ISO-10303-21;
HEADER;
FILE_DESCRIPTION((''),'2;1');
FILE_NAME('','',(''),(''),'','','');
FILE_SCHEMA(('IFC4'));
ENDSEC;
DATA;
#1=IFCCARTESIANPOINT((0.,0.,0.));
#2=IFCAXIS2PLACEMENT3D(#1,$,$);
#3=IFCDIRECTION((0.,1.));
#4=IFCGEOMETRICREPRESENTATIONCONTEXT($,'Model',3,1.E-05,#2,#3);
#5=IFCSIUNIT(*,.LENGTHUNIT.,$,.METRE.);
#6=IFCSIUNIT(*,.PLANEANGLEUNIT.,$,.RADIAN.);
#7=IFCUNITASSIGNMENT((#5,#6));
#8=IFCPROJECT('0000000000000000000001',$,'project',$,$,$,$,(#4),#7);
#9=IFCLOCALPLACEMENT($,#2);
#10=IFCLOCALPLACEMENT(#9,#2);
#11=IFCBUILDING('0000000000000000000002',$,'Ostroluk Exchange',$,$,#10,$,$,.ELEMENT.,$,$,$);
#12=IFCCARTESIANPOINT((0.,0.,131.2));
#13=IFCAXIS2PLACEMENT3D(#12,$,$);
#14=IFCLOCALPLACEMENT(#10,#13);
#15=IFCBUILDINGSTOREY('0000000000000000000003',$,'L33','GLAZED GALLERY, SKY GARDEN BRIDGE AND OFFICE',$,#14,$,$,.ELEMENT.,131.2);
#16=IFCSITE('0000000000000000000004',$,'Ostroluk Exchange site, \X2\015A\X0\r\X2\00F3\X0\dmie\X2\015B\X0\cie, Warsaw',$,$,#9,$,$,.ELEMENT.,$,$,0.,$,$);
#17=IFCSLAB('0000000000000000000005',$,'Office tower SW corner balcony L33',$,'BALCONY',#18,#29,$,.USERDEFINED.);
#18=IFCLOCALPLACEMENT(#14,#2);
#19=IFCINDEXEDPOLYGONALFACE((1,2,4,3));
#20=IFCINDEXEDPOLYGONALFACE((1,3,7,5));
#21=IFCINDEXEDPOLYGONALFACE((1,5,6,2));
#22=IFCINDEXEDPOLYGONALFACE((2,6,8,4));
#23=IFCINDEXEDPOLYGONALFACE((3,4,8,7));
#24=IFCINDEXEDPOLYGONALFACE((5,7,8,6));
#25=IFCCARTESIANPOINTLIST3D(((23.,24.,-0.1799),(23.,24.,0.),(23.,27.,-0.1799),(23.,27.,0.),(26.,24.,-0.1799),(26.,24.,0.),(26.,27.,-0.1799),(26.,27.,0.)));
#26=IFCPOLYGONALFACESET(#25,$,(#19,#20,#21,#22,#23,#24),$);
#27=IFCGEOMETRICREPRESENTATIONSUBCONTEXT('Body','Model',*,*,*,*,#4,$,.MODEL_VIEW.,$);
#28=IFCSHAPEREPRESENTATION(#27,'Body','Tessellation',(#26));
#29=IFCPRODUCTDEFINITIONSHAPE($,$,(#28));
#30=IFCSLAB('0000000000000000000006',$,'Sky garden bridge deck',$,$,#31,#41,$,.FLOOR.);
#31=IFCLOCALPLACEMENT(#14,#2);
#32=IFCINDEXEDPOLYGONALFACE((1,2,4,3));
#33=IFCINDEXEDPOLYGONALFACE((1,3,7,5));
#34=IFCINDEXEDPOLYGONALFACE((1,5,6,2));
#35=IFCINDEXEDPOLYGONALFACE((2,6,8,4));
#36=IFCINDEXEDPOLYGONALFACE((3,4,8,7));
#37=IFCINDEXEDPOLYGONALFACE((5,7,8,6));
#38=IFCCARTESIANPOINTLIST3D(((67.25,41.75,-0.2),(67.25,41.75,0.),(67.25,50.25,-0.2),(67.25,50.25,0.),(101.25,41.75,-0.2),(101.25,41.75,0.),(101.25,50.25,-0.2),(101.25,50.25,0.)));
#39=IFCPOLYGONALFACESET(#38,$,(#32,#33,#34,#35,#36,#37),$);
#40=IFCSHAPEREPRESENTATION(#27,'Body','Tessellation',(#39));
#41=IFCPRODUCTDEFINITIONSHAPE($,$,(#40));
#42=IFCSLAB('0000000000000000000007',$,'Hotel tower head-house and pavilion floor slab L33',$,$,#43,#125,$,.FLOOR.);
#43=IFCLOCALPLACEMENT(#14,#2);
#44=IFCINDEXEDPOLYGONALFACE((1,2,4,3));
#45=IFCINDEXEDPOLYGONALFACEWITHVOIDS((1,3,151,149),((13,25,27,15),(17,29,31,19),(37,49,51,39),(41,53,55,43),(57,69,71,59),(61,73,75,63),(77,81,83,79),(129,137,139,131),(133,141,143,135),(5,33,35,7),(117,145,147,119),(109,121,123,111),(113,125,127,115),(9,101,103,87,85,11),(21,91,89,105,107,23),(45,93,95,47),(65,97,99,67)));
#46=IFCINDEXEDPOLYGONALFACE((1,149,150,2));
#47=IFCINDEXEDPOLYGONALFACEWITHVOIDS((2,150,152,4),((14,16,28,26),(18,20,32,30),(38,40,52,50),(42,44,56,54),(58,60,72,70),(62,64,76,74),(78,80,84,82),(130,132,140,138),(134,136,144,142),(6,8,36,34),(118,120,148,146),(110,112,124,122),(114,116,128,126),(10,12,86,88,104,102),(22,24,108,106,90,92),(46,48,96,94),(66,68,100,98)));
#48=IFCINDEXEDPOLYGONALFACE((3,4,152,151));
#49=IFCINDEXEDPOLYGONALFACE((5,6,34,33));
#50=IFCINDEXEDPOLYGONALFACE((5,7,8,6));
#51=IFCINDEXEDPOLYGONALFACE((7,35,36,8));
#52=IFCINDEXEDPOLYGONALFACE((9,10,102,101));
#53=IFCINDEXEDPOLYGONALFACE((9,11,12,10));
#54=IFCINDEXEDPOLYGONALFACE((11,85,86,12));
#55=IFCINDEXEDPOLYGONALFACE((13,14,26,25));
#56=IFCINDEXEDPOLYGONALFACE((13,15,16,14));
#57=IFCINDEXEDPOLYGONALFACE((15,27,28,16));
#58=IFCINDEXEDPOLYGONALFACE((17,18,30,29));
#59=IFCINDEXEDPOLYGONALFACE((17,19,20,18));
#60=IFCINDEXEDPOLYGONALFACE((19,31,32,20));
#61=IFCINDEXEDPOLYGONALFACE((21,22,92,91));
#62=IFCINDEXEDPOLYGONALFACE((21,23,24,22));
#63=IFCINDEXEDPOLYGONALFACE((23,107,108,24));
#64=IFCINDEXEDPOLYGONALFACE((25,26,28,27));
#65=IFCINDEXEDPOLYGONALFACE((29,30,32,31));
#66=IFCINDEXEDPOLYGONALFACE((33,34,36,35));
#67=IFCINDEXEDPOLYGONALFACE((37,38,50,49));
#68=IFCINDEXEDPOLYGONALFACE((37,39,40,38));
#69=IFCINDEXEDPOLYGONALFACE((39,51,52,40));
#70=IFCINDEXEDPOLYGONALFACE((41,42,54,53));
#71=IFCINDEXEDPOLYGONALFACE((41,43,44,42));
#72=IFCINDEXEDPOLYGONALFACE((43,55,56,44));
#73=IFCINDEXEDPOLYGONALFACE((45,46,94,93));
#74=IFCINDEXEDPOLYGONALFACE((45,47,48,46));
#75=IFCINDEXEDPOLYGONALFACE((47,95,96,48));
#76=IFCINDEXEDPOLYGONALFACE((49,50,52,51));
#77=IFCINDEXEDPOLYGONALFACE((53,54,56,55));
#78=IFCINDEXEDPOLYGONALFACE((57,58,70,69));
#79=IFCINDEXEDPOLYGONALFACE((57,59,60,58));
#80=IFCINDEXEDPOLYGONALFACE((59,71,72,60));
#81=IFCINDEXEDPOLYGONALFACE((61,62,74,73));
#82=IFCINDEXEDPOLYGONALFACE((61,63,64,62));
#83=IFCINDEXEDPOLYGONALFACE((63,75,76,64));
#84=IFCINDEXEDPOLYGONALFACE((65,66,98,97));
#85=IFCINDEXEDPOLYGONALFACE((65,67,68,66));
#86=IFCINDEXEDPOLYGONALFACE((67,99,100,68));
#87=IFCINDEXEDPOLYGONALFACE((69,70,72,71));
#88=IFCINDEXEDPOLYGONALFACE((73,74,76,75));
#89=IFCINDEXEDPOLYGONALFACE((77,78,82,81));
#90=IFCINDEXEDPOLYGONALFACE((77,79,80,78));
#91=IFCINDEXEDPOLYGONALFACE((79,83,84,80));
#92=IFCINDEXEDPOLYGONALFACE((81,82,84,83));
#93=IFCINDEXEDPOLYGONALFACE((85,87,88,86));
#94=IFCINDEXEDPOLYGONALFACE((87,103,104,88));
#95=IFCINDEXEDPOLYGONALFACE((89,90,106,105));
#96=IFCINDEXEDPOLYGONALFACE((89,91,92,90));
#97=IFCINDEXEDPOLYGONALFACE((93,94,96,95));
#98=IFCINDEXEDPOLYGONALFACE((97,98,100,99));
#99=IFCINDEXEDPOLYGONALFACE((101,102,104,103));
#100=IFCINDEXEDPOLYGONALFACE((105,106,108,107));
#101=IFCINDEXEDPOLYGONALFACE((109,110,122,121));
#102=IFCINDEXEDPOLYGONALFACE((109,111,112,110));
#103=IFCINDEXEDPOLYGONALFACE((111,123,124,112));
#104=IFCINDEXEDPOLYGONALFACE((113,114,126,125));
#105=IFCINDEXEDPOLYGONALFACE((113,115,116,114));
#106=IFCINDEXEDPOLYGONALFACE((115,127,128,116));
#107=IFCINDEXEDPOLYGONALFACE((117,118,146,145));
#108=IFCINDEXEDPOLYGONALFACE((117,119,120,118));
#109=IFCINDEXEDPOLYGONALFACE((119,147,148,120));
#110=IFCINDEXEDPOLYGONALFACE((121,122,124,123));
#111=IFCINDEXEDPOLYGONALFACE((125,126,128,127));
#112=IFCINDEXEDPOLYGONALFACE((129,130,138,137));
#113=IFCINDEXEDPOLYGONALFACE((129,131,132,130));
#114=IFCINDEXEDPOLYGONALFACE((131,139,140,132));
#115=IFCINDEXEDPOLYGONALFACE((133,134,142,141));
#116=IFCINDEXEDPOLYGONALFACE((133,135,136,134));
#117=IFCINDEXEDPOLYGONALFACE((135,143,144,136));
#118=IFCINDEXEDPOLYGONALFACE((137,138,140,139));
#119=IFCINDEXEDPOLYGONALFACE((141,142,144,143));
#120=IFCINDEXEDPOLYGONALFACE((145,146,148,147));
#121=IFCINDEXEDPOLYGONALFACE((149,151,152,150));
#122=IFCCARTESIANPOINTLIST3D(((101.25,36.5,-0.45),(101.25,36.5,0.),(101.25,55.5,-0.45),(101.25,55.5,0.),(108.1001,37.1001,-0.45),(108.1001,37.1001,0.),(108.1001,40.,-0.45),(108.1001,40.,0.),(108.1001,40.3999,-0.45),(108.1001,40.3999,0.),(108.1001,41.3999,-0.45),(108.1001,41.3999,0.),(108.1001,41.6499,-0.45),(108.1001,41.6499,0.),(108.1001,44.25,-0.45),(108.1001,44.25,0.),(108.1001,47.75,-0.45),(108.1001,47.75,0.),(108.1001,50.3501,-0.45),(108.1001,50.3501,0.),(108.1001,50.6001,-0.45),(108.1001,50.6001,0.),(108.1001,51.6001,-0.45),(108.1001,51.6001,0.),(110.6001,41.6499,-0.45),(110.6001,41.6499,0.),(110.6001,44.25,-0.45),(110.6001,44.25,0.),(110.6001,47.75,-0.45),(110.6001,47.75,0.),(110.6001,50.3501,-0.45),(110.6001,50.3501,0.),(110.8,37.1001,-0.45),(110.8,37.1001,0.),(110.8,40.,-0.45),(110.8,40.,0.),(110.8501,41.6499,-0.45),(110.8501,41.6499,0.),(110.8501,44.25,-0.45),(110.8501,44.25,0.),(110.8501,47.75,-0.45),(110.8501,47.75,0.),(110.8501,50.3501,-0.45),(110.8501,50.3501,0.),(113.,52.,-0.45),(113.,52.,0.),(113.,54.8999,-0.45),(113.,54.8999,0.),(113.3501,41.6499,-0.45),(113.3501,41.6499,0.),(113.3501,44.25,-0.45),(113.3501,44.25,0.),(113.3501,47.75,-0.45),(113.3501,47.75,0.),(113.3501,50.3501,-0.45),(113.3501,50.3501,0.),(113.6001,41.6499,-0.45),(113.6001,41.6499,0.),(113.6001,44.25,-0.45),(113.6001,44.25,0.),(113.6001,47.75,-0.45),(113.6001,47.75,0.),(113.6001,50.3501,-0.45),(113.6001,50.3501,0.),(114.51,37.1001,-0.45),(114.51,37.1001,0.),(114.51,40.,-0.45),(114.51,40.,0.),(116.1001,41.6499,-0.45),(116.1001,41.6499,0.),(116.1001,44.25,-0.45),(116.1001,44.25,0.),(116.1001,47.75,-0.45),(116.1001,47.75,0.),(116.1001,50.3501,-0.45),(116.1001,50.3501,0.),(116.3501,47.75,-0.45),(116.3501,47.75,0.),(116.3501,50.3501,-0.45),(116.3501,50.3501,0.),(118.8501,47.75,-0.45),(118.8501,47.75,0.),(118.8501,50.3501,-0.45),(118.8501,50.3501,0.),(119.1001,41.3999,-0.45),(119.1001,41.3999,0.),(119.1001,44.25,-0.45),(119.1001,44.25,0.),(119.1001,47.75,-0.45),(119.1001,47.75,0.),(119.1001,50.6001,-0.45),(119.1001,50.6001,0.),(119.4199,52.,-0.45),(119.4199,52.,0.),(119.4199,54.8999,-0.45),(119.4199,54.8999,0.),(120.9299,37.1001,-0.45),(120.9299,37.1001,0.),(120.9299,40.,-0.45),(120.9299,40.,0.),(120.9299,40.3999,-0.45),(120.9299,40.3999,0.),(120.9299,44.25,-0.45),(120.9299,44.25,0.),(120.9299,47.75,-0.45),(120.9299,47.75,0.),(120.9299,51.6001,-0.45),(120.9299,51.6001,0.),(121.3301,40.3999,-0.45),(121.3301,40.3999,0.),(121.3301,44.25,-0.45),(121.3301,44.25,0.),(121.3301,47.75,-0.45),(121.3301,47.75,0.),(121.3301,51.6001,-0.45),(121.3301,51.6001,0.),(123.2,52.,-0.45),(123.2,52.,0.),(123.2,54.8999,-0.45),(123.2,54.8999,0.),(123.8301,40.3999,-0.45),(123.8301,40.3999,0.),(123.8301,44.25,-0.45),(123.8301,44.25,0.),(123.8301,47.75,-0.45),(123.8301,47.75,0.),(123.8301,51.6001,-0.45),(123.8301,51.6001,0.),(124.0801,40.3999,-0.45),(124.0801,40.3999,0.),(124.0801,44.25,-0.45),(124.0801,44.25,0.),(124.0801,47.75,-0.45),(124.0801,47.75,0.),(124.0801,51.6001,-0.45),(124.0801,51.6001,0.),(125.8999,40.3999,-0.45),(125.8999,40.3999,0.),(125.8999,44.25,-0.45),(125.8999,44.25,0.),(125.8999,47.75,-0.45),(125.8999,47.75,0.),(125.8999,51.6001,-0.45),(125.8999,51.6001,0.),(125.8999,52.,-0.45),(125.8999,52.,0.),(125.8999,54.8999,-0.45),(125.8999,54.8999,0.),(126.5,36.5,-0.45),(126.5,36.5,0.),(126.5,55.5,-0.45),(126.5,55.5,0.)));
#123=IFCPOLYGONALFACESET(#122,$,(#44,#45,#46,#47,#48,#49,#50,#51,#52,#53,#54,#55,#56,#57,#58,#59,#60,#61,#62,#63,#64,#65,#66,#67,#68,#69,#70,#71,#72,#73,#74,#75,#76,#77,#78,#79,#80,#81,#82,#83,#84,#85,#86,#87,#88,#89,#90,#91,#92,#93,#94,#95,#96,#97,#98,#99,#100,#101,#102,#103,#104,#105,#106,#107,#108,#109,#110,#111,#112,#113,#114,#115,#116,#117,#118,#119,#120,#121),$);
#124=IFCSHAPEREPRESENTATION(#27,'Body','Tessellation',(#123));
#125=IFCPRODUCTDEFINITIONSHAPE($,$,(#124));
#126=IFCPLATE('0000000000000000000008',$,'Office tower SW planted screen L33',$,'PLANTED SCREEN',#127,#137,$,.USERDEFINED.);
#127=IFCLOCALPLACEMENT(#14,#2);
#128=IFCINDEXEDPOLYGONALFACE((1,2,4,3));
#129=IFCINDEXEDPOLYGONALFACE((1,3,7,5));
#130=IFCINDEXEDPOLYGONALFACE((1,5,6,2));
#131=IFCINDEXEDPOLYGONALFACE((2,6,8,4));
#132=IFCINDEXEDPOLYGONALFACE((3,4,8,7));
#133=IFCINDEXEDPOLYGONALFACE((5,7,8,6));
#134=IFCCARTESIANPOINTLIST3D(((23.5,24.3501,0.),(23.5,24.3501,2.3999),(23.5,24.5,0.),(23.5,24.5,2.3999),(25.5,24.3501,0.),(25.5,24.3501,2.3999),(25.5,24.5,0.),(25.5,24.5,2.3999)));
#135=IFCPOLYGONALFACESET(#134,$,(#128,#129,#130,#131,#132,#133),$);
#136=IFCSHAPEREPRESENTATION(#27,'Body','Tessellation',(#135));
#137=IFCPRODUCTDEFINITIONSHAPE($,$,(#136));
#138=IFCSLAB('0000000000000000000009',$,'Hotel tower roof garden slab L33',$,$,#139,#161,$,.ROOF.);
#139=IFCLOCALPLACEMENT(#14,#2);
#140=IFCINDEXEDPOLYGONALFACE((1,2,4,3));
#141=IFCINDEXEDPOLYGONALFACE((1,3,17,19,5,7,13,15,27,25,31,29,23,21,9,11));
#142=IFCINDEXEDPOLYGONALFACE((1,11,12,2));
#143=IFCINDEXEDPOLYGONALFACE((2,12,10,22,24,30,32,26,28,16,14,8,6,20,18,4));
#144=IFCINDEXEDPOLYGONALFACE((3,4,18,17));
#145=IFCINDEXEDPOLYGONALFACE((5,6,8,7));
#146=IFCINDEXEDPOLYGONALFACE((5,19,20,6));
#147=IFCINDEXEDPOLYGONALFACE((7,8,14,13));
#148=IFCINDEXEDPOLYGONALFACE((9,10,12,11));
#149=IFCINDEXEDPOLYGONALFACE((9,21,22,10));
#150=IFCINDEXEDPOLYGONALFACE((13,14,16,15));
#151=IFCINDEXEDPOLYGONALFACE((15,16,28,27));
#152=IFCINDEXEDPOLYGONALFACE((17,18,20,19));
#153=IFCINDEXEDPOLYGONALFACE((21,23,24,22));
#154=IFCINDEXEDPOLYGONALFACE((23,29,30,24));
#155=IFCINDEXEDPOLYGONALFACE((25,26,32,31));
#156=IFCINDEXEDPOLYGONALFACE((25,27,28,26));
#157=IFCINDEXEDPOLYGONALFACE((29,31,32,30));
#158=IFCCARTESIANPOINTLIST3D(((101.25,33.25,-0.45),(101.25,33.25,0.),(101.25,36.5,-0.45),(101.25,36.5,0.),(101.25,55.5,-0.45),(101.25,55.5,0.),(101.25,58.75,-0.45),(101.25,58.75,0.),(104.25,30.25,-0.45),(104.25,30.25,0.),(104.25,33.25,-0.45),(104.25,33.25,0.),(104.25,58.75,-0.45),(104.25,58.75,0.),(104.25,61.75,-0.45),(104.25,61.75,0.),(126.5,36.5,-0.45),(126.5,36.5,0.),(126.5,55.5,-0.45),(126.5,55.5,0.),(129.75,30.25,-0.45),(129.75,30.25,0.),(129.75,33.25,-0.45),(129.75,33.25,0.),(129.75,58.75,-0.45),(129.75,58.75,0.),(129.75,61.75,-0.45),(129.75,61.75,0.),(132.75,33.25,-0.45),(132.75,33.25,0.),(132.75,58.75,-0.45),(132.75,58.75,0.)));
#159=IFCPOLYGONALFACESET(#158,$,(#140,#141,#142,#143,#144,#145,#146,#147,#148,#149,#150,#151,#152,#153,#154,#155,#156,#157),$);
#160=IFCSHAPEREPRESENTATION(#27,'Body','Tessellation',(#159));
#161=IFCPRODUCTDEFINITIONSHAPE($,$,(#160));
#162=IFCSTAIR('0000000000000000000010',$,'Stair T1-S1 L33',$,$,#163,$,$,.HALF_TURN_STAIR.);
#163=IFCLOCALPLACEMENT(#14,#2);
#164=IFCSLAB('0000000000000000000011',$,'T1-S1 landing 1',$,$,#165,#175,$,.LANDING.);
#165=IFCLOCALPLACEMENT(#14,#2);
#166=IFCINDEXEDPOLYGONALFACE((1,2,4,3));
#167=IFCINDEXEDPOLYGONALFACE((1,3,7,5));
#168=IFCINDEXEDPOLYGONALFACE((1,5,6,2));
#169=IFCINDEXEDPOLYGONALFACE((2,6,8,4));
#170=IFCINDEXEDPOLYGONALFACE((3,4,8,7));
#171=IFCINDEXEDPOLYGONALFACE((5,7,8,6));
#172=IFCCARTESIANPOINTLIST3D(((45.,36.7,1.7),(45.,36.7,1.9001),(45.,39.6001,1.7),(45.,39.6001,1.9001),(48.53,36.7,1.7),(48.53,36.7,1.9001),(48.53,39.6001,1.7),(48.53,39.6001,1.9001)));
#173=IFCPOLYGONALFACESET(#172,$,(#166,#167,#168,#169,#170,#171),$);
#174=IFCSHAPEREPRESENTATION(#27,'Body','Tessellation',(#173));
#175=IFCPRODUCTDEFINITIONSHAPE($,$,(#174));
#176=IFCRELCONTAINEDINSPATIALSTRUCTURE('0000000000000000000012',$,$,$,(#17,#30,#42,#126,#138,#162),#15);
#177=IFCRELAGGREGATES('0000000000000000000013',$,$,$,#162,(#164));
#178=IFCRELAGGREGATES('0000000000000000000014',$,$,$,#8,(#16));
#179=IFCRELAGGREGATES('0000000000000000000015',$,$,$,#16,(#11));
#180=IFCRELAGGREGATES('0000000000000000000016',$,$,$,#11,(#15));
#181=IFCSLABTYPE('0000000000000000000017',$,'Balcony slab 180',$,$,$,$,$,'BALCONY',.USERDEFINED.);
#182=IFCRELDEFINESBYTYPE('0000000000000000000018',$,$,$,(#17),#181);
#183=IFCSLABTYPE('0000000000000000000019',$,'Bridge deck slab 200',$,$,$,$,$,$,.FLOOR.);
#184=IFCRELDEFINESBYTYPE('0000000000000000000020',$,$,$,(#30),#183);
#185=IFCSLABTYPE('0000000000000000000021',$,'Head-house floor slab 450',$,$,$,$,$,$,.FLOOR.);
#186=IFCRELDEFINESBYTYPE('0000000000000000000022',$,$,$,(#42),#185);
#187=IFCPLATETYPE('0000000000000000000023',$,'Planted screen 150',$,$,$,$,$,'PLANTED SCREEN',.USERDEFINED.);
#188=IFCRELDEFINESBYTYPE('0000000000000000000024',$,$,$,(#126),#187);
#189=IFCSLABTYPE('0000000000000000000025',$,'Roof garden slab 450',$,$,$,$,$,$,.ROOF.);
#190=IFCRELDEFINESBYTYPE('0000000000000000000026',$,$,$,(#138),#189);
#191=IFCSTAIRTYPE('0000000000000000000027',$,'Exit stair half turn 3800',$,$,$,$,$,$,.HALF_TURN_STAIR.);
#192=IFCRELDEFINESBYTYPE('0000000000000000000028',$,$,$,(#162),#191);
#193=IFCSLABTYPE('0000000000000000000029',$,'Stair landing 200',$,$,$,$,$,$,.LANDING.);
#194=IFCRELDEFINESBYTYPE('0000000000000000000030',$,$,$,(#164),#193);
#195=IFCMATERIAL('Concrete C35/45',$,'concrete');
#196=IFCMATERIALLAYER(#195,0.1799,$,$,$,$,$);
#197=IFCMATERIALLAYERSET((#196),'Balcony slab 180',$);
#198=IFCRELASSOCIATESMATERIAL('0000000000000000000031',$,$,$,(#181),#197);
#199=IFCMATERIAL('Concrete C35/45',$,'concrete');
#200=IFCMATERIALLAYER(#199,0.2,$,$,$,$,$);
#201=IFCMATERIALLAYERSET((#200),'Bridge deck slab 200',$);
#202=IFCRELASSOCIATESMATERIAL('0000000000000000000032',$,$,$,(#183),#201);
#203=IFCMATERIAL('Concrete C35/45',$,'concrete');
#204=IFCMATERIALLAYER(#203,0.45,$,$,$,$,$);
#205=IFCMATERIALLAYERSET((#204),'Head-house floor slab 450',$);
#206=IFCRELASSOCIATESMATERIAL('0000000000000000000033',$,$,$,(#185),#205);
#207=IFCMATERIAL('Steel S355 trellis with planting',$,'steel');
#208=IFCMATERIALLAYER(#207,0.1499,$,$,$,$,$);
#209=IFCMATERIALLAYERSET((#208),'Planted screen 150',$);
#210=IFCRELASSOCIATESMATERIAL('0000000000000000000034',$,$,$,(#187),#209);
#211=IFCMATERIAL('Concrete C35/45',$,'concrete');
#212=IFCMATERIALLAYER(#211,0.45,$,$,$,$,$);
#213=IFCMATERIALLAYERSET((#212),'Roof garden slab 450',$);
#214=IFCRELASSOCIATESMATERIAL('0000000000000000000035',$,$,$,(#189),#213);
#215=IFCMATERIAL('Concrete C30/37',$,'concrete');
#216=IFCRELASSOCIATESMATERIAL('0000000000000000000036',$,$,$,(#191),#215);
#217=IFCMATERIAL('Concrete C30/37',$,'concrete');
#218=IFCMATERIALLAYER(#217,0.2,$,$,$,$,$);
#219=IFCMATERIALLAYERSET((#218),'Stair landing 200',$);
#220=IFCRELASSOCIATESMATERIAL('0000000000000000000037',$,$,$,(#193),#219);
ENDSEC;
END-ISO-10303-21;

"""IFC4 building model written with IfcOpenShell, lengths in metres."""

from ifc_helpers import new_model, si_unit, direction, frame, origin, origin_2d, place, context, subcontext, project, spatial, polyline, rectangle, outline, extrude, material, layer, layer_set, type_object, element, aggregate, save


model = new_model("IFC4")

# Units and contexts
model_context = context("Model", 3, precision=1e-05, world=origin(), true_north=direction((0.0, 1.0)))
body_context = subcontext(model_context, "Body", "Model", "MODEL_VIEW")
ifc_project = project(units=[si_unit("LENGTHUNIT", "METRE"), si_unit("PLANEANGLEUNIT", "RADIAN")], contexts=[model_context])

# Site, building, storey
site_placement = place(None, origin())
site = spatial("IfcSite", under=ifc_project, at=site_placement, Name="Ostroluk Exchange site, Śródmieście, Warsaw", CompositionType="ELEMENT", RefElevation=0.0)
building_placement = place(site_placement, origin())
building = spatial("IfcBuilding", under=site, at=building_placement, Name="Ostroluk Exchange", CompositionType="ELEMENT")
storey_placement = place(building_placement, frame((0.0, 0.0, 131.2)))
storey = spatial("IfcBuildingStorey", under=building, at=storey_placement, Name="L33", Description="GLAZED GALLERY, SKY GARDEN BRIDGE AND OFFICE", CompositionType="ELEMENT", Elevation=131.2)

# Slabs
ifc_material_1 = material(Name="Concrete C35/45", Category="concrete")
ifc_layer_1 = layer(ifc_material_1, 0.1799)
ifc_layer_set_1 = layer_set([ifc_layer_1], Name="Balcony slab 180")
slab_type_1 = type_object("IfcSlabType", Name="Balcony slab 180", ElementType="BALCONY", PredefinedType="USERDEFINED", material=ifc_layer_set_1)
slab_1_placement = place(storey_placement, frame((0.0, 0.0, -0.1799)))
element("IfcSlab", 1, at=slab_1_placement, inside=storey, type_object=slab_type_1, Name="Office tower SW corner balcony L33", ObjectType="BALCONY", PredefinedType="USERDEFINED", context=body_context, shape_type="SweptSolid", body=[
    extrude(outline(polyline([(23.0, 24.0), (26.0, 24.0), (26.0, 27.0), (23.0, 27.0), (23.0, 24.0)])), origin(), (0.0, 0.0, 1.0), 0.1799),
])
ifc_material_2 = material(Name="Concrete C35/45", Category="concrete")
ifc_layer_2 = layer(ifc_material_2, 0.2)
ifc_layer_set_2 = layer_set([ifc_layer_2], Name="Bridge deck slab 200")
slab_type_2 = type_object("IfcSlabType", Name="Bridge deck slab 200", PredefinedType="FLOOR", material=ifc_layer_set_2)
slab_2_placement = place(storey_placement, frame((0.0, 0.0, -0.2)))
element("IfcSlab", 2, at=slab_2_placement, inside=storey, type_object=slab_type_2, Name="Sky garden bridge deck", PredefinedType="FLOOR", context=body_context, shape_type="SweptSolid", body=[
    extrude(outline(polyline([(67.25, 41.75), (101.25, 41.75), (101.25, 50.25), (67.25, 50.25), (67.25, 41.75)])), origin(), (0.0, 0.0, 1.0), 0.2),
])
ifc_material_3 = material(Name="Concrete C35/45", Category="concrete")
ifc_layer_3 = layer(ifc_material_3, 0.45)
ifc_layer_set_3 = layer_set([ifc_layer_3], Name="Head-house floor slab 450")
slab_type_3 = type_object("IfcSlabType", Name="Head-house floor slab 450", PredefinedType="FLOOR", material=ifc_layer_set_3)
slab_3_placement = place(storey_placement, frame((0.0, 0.0, -0.45)))
element("IfcSlab", 3, at=slab_3_placement, inside=storey, type_object=slab_type_3, Name="Hotel tower head-house and pavilion floor slab L33", PredefinedType="FLOOR", context=body_context, shape_type="SweptSolid", body=[
    extrude(outline(polyline([(126.5, 36.5), (126.5, 55.5), (101.25, 55.5), (101.25, 36.5), (126.5, 36.5)]), holes=[polyline([(108.1001, 37.1001), (110.8, 37.1001), (110.8, 40.0), (108.1001, 40.0), (108.1001, 37.1001)]), polyline([(114.51, 37.1001), (120.9299, 37.1001), (120.9299, 40.0), (114.51, 40.0), (114.51, 37.1001)]), polyline([(113.0, 52.0), (119.4199, 52.0), (119.4199, 54.8999), (113.0, 54.8999), (113.0, 52.0)]), polyline([(123.2, 52.0), (125.8999, 52.0), (125.8999, 54.8999), (123.2, 54.8999), (123.2, 52.0)]), polyline([(108.1001, 47.75), (110.6001, 47.75), (110.6001, 50.3501), (108.1001, 50.3501), (108.1001, 47.75)]), polyline([(110.8501, 47.75), (113.3501, 47.75), (113.3501, 50.3501), (110.8501, 50.3501), (110.8501, 47.75)]), polyline([(113.6001, 47.75), (116.1001, 47.75), (116.1001, 50.3501), (113.6001, 50.3501), (113.6001, 47.75)]), polyline([(116.3501, 47.75), (118.8501, 47.75), (118.8501, 50.3501), (116.3501, 50.3501), (116.3501, 47.75)]), polyline([(108.1001, 41.6499), (110.6001, 41.6499), (110.6001, 44.25), (108.1001, 44.25), (108.1001, 41.6499)]), polyline([(110.8501, 41.6499), (113.3501, 41.6499), (113.3501, 44.25), (110.8501, 44.25), (110.8501, 41.6499)]), polyline([(113.6001, 41.6499), (116.1001, 41.6499), (116.1001, 44.25), (113.6001, 44.25), (113.6001, 41.6499)]), polyline([(121.3301, 47.75), (123.8301, 47.75), (123.8301, 51.6001), (121.3301, 51.6001), (121.3301, 47.75)]), polyline([(121.3301, 40.3999), (123.8301, 40.3999), (123.8301, 44.25), (121.3301, 44.25), (121.3301, 40.3999)]), polyline([(120.9299, 51.6001), (120.9299, 47.75), (119.1001, 47.75), (119.1001, 50.6001), (108.1001, 50.6001), (108.1001, 51.6001), (120.9299, 51.6001)]), polyline([(108.1001, 40.3999), (108.1001, 41.3999), (119.1001, 41.3999), (119.1001, 44.25), (120.9299, 44.25), (120.9299, 40.3999), (108.1001, 40.3999)]), polyline([(124.0801, 47.75), (125.8999, 47.75), (125.8999, 51.6001), (124.0801, 51.6001), (124.0801, 47.75)]), polyline([(124.0801, 40.3999), (125.8999, 40.3999), (125.8999, 44.25), (124.0801, 44.25), (124.0801, 40.3999)])]), origin(), (0.0, 0.0, 1.0), 0.45),
])

# Plate
ifc_material_4 = material(Name="Steel S355 trellis with planting", Category="steel")
ifc_layer_4 = layer(ifc_material_4, 0.1499)
ifc_layer_set_4 = layer_set([ifc_layer_4], Name="Planted screen 150")
plate_type_1 = type_object("IfcPlateType", Name="Planted screen 150", ElementType="PLANTED SCREEN", PredefinedType="USERDEFINED", material=ifc_layer_set_4)
plate_1_placement = place(storey_placement, frame((24.5, 24.425, 0.0), z_axis=(0.0, 0.0, 1.0), x_axis=(1.0, 0.0, 0.0)))
element("IfcPlate", 4, at=plate_1_placement, inside=storey, type_object=plate_type_1, Name="Office tower SW planted screen L33", ObjectType="PLANTED SCREEN", PredefinedType="USERDEFINED", context=body_context, shape_type="SweptSolid", body=[
    extrude(rectangle(XDim=2.0, YDim=0.1499, at=origin_2d()), origin(), (0.0, 0.0, 1.0), 2.3999),
])

# Slab
ifc_material_5 = material(Name="Concrete C35/45", Category="concrete")
ifc_layer_5 = layer(ifc_material_5, 0.45)
ifc_layer_set_5 = layer_set([ifc_layer_5], Name="Roof garden slab 450")
slab_type_4 = type_object("IfcSlabType", Name="Roof garden slab 450", PredefinedType="ROOF", material=ifc_layer_set_5)
slab_4_placement = place(storey_placement, frame((0.0, 0.0, -0.45)))
element("IfcSlab", 5, at=slab_4_placement, inside=storey, type_object=slab_type_4, Name="Hotel tower roof garden slab L33", PredefinedType="ROOF", context=body_context, shape_type="SweptSolid", body=[
    extrude(outline(polyline([(101.25, 58.75), (104.25, 58.75), (104.25, 61.75), (129.75, 61.75), (129.75, 58.75), (132.75, 58.75), (132.75, 33.25), (129.75, 33.25), (129.75, 30.25), (104.25, 30.25), (104.25, 33.25), (101.25, 33.25), (101.25, 36.5), (126.5, 36.5), (126.5, 55.5), (101.25, 55.5), (101.25, 58.75)])), origin(), (0.0, 0.0, 1.0), 0.45),
])

# Stair, slab
ifc_material_6 = material(Name="Concrete C30/37", Category="concrete")
stair_type = type_object("IfcStairType", Name="Exit stair half turn 3800", PredefinedType="HALF_TURN_STAIR", material=ifc_material_6)
stair_1_placement = place(storey_placement, origin())
stair_1 = element("IfcStair", 6, at=stair_1_placement, inside=storey, type_object=stair_type, Name="Stair T1-S1 L33", PredefinedType="HALF_TURN_STAIR")
ifc_material_7 = material(Name="Concrete C30/37", Category="concrete")
ifc_layer_6 = layer(ifc_material_7, 0.2)
ifc_layer_set_6 = layer_set([ifc_layer_6], Name="Stair landing 200")
slab_type_5 = type_object("IfcSlabType", Name="Stair landing 200", PredefinedType="LANDING", material=ifc_layer_set_6)
slab_5_placement = place(storey_placement, frame((0.0, 0.0, 1.7)))
slab_5 = element("IfcSlab", 7, at=slab_5_placement, type_object=slab_type_5, Name="T1-S1 landing 1", PredefinedType="LANDING", context=body_context, shape_type="SweptSolid", body=[
    extrude(outline(polyline([(45.0, 36.7), (45.0, 39.6001), (48.53, 39.6001), (48.53, 36.7), (45.0, 36.7)])), origin(), (0.0, 0.0, 1.0), 0.2002),
])
aggregate(stair_1, [slab_5])

save(model, "model.ifc")
